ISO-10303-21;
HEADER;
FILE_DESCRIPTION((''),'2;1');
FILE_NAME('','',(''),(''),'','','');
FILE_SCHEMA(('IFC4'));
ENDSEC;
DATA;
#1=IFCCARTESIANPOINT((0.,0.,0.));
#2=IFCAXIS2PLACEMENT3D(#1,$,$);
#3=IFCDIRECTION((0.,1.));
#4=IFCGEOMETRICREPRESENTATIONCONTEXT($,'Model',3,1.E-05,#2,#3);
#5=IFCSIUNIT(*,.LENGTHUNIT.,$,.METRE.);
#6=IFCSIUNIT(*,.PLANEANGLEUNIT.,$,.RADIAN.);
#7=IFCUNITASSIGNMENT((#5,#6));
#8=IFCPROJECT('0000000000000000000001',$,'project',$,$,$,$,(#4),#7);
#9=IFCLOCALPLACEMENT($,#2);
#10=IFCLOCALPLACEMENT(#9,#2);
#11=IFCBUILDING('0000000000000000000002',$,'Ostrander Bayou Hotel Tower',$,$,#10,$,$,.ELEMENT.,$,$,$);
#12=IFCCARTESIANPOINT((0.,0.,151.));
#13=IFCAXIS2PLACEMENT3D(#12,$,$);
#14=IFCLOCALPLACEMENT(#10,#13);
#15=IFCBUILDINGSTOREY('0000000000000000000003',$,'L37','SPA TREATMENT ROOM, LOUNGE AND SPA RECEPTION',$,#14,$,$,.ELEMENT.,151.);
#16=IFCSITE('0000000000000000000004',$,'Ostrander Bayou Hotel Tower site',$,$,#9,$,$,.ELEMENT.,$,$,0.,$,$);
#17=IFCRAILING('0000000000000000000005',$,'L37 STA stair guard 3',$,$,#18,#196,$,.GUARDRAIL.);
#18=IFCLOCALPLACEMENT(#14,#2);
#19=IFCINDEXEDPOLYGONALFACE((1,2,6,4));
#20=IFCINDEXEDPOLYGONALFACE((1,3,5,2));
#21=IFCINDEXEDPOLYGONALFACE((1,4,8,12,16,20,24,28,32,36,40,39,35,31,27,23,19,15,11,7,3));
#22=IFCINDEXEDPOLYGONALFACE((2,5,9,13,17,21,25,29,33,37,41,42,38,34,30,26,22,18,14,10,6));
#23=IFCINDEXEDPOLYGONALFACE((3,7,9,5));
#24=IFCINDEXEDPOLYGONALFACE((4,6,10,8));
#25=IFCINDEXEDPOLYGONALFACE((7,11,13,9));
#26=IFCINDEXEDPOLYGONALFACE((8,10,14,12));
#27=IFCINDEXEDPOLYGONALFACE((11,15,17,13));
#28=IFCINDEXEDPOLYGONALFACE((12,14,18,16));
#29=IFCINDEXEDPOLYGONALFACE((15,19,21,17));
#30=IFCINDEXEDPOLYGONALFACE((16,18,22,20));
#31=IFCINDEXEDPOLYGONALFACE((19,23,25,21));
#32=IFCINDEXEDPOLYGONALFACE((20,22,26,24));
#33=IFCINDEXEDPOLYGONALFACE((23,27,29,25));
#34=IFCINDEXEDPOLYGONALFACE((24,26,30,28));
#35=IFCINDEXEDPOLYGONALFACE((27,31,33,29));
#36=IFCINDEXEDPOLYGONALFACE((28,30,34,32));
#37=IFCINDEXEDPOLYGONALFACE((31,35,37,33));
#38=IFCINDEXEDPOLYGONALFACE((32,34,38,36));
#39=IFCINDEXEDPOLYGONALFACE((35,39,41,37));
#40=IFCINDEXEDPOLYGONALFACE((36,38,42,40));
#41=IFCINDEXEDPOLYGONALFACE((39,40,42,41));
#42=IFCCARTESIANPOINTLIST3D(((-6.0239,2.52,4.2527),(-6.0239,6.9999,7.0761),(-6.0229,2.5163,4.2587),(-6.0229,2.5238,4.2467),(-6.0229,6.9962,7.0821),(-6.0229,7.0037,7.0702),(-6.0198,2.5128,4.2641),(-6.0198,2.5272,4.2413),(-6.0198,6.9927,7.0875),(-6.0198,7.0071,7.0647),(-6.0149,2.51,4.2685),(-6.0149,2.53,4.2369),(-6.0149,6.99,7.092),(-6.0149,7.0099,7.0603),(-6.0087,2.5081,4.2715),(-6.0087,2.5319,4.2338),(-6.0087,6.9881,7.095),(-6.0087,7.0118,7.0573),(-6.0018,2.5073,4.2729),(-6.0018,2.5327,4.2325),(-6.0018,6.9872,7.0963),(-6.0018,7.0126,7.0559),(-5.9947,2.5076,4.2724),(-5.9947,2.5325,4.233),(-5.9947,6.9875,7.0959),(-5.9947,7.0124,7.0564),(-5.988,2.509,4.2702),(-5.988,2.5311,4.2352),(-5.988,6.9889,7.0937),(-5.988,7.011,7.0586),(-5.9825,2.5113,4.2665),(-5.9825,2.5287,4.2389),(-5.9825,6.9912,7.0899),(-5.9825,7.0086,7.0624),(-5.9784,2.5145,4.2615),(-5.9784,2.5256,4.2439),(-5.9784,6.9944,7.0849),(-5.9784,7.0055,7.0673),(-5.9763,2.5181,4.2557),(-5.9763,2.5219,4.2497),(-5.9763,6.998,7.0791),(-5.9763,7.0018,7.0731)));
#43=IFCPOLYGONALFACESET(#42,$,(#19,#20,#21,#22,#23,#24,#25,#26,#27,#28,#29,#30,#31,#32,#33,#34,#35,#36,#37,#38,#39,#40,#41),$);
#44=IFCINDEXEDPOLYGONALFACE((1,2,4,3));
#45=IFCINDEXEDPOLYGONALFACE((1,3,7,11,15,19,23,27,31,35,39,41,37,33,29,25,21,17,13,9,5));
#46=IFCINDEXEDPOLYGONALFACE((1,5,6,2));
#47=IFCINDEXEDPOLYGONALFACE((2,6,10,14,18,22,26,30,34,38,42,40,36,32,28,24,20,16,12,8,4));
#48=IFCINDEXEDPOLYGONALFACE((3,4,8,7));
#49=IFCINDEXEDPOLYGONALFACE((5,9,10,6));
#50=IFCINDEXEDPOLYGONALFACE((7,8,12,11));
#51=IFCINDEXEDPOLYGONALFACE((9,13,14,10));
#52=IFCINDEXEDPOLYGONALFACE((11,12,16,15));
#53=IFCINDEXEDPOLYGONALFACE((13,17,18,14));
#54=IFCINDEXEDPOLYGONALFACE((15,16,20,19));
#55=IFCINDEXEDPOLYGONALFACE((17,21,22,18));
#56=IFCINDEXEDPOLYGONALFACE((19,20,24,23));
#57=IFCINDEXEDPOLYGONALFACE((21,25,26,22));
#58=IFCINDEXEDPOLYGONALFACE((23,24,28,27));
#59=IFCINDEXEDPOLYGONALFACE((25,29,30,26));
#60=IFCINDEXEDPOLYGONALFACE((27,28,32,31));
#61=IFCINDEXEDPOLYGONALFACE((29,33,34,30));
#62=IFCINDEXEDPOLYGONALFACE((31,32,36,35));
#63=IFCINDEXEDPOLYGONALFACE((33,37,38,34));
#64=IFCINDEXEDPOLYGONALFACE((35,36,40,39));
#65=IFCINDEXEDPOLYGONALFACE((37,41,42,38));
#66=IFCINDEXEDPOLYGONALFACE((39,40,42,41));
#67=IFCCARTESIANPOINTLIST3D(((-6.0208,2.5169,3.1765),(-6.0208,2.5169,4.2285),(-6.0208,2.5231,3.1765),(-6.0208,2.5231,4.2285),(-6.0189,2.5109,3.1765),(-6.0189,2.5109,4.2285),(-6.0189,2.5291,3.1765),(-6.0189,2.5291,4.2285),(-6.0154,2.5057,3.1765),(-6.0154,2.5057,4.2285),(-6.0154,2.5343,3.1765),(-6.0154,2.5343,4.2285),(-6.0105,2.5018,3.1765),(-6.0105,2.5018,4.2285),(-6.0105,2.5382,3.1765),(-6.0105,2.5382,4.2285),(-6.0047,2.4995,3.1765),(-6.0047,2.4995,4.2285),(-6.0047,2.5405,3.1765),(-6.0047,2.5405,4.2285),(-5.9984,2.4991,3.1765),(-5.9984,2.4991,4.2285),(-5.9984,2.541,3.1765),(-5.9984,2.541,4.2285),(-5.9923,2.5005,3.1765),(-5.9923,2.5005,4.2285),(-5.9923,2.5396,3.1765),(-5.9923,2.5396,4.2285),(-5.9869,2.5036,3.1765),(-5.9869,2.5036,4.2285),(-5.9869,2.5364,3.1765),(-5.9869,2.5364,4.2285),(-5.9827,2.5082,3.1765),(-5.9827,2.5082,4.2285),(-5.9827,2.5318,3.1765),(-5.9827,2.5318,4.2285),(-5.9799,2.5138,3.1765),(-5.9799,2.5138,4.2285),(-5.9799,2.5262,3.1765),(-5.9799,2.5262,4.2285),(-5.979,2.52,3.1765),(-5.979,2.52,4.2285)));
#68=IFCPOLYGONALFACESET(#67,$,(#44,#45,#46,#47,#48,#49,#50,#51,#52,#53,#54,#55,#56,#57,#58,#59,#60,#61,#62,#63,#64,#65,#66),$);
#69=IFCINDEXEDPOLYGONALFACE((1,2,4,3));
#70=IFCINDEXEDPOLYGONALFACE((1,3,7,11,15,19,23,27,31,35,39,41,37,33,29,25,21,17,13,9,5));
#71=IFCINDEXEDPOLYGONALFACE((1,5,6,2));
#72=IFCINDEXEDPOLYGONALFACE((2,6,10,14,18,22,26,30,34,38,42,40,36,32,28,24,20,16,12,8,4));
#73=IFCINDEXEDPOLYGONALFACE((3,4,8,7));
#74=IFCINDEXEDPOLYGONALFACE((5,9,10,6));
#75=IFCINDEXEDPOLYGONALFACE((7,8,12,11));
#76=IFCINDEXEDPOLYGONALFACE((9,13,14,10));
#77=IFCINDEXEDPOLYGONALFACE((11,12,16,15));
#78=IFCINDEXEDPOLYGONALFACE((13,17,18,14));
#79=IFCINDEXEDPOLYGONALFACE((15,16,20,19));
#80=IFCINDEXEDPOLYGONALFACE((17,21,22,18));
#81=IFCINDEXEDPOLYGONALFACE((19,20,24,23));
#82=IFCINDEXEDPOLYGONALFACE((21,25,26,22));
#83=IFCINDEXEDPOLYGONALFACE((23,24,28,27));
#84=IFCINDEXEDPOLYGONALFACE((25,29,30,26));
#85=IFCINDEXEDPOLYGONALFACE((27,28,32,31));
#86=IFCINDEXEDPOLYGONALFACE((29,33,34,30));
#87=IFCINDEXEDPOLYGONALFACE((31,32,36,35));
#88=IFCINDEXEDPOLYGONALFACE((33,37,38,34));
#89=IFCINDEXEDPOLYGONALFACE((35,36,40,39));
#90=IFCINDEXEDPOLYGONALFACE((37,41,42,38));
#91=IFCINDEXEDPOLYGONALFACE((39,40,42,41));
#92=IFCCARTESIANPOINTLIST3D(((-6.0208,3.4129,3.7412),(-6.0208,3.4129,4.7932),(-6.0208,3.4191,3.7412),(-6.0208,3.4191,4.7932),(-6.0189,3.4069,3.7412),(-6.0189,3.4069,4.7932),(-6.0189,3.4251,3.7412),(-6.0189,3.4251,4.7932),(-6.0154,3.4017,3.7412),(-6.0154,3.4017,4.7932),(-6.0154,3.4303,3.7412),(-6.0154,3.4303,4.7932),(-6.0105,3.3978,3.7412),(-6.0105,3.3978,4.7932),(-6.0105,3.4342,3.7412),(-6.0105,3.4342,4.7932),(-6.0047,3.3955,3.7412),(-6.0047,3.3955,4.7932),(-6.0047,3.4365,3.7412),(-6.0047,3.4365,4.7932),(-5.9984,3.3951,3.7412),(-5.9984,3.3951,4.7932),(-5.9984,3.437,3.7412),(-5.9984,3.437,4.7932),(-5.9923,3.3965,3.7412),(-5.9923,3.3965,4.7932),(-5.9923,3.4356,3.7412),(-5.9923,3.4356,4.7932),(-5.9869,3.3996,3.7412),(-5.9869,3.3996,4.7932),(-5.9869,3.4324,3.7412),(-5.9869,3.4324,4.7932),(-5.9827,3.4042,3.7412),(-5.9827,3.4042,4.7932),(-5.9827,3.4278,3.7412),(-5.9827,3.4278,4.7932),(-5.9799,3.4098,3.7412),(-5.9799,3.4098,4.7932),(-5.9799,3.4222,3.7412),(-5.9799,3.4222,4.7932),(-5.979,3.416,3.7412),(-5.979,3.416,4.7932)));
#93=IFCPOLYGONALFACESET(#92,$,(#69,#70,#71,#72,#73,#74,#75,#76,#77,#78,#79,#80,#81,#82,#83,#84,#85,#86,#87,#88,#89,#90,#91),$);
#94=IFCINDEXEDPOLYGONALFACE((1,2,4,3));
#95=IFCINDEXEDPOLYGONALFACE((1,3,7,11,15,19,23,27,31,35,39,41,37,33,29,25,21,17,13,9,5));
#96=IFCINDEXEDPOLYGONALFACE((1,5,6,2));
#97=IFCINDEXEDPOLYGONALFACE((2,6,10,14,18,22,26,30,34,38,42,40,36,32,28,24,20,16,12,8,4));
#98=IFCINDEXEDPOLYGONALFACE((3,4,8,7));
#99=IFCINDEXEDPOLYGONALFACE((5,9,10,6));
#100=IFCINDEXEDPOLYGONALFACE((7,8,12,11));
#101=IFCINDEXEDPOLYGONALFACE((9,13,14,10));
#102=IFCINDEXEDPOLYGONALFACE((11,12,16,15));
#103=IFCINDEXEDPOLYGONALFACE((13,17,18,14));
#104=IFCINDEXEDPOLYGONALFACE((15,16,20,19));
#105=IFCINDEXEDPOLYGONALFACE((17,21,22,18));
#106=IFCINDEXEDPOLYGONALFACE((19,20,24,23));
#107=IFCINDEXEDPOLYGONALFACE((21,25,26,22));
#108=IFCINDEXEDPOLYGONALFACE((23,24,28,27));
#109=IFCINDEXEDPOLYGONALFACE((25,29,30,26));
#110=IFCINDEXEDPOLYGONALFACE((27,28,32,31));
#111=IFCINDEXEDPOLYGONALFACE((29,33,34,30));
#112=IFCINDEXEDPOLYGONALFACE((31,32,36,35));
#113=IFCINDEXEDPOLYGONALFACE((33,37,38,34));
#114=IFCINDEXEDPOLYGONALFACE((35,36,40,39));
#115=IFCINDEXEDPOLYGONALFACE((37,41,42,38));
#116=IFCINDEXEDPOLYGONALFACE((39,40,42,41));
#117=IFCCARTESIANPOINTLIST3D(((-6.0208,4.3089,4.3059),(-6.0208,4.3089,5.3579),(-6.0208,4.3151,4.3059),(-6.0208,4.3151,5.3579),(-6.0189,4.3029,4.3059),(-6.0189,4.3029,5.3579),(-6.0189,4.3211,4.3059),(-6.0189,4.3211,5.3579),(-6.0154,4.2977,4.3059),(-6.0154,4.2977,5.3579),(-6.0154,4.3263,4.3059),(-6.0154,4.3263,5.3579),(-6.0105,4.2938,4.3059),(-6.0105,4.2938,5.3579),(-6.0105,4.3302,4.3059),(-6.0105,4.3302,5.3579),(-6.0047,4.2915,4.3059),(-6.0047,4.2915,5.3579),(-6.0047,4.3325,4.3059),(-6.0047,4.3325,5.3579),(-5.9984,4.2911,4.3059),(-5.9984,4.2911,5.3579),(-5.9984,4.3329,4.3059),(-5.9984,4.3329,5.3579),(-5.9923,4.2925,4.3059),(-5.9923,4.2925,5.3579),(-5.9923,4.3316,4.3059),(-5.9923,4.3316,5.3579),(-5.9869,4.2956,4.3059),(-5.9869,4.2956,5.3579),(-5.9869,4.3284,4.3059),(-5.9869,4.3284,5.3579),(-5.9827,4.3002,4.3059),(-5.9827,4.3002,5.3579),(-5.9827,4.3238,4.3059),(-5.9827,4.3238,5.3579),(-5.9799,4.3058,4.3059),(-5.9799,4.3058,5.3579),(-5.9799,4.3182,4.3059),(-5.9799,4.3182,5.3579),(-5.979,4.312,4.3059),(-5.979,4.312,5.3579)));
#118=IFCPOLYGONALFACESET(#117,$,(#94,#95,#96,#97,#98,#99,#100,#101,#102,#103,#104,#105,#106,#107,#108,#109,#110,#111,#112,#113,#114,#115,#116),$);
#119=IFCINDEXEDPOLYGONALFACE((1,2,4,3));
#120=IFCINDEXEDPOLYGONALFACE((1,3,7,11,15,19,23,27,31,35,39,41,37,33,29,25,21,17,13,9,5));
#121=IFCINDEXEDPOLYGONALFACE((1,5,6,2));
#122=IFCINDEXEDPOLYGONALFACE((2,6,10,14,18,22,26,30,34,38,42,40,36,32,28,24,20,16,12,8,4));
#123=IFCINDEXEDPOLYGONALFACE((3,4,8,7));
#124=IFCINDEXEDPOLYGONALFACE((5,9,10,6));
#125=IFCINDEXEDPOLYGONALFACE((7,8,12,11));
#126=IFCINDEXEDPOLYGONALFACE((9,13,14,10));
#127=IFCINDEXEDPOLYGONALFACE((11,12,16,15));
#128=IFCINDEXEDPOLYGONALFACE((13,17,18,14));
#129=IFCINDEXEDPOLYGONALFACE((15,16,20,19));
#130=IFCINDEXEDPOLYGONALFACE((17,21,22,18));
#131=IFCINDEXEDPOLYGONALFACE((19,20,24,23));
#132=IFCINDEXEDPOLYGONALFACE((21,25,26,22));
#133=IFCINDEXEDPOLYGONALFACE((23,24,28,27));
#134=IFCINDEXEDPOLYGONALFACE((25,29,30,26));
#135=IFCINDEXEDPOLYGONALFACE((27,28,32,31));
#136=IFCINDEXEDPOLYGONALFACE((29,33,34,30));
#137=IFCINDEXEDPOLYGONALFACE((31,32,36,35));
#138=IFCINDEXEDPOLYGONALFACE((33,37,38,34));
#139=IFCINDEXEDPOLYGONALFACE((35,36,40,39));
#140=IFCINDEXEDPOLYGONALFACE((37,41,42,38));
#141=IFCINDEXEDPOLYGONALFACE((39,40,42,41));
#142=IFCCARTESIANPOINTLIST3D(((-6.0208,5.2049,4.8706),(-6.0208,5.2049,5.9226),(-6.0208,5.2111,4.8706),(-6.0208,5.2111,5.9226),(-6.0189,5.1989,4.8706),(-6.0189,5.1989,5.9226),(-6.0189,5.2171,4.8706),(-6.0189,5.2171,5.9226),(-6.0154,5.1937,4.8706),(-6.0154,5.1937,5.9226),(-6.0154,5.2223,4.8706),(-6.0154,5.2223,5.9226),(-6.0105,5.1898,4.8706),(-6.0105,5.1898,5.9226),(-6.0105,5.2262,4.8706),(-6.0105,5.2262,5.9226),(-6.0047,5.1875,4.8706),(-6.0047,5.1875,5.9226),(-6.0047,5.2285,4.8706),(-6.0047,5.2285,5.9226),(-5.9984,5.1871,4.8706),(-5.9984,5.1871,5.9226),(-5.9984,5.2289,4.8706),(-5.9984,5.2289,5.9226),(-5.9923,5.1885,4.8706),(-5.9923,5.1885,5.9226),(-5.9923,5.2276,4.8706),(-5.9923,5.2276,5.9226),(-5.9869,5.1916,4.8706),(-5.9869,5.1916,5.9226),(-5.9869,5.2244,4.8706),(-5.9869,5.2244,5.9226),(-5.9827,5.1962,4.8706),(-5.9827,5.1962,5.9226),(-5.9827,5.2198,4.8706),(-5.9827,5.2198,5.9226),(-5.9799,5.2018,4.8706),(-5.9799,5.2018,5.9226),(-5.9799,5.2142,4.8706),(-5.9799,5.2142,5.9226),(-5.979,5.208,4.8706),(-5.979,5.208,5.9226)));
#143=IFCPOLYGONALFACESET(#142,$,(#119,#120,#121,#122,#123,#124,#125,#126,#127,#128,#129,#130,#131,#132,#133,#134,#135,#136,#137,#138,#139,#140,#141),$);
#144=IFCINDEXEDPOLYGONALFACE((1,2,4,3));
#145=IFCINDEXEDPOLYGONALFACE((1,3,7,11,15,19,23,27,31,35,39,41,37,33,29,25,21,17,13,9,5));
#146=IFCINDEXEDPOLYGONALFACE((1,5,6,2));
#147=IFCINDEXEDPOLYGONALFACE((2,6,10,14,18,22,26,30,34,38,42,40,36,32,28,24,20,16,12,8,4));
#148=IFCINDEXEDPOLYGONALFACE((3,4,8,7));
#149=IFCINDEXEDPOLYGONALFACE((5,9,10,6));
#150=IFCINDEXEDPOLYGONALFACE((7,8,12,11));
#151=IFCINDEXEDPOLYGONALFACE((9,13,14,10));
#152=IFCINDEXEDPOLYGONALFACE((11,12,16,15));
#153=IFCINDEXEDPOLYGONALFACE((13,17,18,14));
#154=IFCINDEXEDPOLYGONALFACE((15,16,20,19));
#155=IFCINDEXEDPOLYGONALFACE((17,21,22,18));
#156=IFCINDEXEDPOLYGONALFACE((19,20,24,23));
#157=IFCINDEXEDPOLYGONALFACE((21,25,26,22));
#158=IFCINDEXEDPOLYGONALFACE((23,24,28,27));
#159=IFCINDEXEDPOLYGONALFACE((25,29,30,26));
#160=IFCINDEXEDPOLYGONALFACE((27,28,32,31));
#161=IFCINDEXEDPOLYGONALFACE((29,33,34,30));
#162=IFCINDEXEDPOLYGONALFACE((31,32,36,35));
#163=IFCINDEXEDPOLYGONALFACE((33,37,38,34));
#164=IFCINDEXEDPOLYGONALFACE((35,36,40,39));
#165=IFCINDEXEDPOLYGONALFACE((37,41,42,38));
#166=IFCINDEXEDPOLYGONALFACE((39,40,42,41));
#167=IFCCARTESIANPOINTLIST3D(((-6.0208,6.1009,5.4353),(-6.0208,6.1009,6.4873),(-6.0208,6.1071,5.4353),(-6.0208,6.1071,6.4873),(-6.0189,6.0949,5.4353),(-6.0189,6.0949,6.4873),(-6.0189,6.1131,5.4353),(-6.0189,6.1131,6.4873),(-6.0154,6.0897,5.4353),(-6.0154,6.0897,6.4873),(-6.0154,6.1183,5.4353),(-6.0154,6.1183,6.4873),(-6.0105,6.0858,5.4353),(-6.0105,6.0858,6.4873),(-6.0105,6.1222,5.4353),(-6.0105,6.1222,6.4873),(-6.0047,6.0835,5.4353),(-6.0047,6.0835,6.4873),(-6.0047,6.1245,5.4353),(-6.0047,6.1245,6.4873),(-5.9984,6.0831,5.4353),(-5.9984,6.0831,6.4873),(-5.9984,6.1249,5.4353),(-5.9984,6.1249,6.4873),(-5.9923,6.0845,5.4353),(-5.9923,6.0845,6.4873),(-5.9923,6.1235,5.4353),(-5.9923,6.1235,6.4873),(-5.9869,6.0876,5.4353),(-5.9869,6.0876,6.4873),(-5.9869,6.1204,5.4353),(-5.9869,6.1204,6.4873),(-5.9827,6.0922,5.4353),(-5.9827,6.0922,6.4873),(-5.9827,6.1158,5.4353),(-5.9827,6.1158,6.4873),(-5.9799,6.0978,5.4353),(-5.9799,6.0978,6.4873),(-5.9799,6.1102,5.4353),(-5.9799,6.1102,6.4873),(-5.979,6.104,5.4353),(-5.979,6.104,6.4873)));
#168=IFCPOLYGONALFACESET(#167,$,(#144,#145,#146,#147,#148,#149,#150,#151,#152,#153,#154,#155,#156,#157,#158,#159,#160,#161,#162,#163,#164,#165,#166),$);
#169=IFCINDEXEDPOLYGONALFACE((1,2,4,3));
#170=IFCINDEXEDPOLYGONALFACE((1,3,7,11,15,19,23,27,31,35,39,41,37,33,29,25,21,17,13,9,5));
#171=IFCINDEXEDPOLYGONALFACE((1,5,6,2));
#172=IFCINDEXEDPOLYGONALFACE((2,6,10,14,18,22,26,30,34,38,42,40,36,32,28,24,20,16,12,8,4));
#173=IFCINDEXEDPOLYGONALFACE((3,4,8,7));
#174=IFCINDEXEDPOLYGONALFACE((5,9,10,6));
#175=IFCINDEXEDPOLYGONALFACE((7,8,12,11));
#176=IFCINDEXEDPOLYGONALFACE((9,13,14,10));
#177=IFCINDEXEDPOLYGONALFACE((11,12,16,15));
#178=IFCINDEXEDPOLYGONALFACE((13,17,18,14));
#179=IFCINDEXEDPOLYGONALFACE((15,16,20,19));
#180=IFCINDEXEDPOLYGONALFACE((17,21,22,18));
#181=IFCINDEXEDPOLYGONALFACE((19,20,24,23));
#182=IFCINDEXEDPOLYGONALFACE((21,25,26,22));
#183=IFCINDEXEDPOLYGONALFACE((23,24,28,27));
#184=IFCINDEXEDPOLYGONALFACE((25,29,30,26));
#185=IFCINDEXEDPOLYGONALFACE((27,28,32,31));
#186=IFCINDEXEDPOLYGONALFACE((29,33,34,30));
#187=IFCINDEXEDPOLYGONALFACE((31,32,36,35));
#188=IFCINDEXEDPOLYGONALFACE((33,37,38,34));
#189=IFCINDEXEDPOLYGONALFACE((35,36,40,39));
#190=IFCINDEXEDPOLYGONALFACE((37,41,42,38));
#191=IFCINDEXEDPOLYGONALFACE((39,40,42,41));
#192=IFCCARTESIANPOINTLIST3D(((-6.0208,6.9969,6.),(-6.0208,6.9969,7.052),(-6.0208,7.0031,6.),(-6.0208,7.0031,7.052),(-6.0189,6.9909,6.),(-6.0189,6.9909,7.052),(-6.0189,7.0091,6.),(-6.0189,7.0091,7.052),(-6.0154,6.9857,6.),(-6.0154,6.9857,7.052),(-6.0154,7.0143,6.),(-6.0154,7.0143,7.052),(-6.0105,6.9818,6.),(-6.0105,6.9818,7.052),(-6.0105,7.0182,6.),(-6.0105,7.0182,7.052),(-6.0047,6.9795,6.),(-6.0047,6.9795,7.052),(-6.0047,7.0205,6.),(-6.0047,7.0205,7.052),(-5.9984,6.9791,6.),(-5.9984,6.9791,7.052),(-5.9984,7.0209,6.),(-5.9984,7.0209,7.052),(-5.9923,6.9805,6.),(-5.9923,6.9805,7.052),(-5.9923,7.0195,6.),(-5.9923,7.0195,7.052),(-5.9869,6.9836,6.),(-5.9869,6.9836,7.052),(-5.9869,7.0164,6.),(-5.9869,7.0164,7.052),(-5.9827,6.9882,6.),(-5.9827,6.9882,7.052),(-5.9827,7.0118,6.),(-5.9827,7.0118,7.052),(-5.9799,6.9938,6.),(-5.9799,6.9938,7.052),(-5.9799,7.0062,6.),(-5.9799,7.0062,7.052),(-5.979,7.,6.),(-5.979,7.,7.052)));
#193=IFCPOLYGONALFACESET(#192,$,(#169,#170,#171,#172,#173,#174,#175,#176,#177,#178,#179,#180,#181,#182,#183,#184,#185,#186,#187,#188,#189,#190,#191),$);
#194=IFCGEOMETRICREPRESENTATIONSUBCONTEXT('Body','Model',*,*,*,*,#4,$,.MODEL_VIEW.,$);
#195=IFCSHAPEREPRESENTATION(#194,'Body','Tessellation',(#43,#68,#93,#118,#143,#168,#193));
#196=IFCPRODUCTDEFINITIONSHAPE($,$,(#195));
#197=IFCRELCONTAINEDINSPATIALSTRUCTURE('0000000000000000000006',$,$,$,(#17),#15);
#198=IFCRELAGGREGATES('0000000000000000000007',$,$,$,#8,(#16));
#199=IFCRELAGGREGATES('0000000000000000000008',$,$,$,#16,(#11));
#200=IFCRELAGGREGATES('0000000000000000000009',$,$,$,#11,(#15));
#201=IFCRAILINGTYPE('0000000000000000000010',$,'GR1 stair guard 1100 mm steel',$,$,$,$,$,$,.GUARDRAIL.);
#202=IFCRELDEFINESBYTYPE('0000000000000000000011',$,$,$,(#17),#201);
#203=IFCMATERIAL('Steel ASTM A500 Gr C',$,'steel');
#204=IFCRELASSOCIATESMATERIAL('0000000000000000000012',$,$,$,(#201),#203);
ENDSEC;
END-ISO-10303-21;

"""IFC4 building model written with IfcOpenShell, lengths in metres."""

from ifc_helpers import new_model, si_unit, direction, frame, origin, origin_2d, place, context, subcontext, project, spatial, circle, extrude, material, type_object, element, save


model = new_model("IFC4")

# Units and contexts
model_context = context("Model", 3, precision=1e-05, world=origin(), true_north=direction((0.0, 1.0)))
body_context = subcontext(model_context, "Body", "Model", "MODEL_VIEW")
ifc_project = project(units=[si_unit("LENGTHUNIT", "METRE"), si_unit("PLANEANGLEUNIT", "RADIAN")], contexts=[model_context])

# Site, building, storey
site_placement = place(None, origin())
site = spatial("IfcSite", under=ifc_project, at=site_placement, Name="Ostrander Bayou Hotel Tower site", CompositionType="ELEMENT", RefElevation=0.0)
building_placement = place(site_placement, origin())
building = spatial("IfcBuilding", under=site, at=building_placement, Name="Ostrander Bayou Hotel Tower", CompositionType="ELEMENT")
storey_placement = place(building_placement, frame((0.0, 0.0, 151.0)))
storey = spatial("IfcBuildingStorey", under=building, at=storey_placement, Name="L37", Description="SPA TREATMENT ROOM, LOUNGE AND SPA RECEPTION", CompositionType="ELEMENT", Elevation=151.0)

# Railing
ifc_material_1 = material(Name="Steel ASTM A500 Gr C", Category="steel")
railing_type_1 = type_object("IfcRailingType", Name="GR1 stair guard 1100 mm steel", PredefinedType="GUARDRAIL", material=ifc_material_1)
railing_1_placement = place(storey_placement, frame((-6.0, 2.52, 3.1765)))
element("IfcRailing", 1, at=railing_1_placement, inside=storey, type_object=railing_type_1, Name="L37 STA stair guard 3", PredefinedType="GUARDRAIL", context=body_context, shape_type="SweptSolid", body=[
    extrude(circle(Radius=0.0239, at=origin_2d()), frame((0.0, 0.0, 1.0762), z_axis=(0.0, 0.845998, 0.533186), x_axis=(-1.0, 0.0, 0.0)), (0.0, 0.0, 1.0), 5.2954),
    extrude(circle(Radius=0.021, at=origin_2d()), origin(), (0.0, 0.0, 1.0), 1.052),
    extrude(circle(Radius=0.021, at=origin_2d()), frame((0.0, 0.896, 0.5647)), (0.0, 0.0, 1.0), 1.052),
    extrude(circle(Radius=0.021, at=origin_2d()), frame((0.0, 1.792, 1.1294)), (0.0, 0.0, 1.0), 1.052),
    extrude(circle(Radius=0.021, at=origin_2d()), frame((0.0, 2.688, 1.6941)), (0.0, 0.0, 1.0), 1.052),
    extrude(circle(Radius=0.021, at=origin_2d()), frame((0.0, 3.584, 2.2588)), (0.0, 0.0, 1.0), 1.052),
    extrude(circle(Radius=0.021, at=origin_2d()), frame((0.0, 4.48, 2.8235)), (0.0, 0.0, 1.0), 1.052),
])

save(model, "model.ifc")
